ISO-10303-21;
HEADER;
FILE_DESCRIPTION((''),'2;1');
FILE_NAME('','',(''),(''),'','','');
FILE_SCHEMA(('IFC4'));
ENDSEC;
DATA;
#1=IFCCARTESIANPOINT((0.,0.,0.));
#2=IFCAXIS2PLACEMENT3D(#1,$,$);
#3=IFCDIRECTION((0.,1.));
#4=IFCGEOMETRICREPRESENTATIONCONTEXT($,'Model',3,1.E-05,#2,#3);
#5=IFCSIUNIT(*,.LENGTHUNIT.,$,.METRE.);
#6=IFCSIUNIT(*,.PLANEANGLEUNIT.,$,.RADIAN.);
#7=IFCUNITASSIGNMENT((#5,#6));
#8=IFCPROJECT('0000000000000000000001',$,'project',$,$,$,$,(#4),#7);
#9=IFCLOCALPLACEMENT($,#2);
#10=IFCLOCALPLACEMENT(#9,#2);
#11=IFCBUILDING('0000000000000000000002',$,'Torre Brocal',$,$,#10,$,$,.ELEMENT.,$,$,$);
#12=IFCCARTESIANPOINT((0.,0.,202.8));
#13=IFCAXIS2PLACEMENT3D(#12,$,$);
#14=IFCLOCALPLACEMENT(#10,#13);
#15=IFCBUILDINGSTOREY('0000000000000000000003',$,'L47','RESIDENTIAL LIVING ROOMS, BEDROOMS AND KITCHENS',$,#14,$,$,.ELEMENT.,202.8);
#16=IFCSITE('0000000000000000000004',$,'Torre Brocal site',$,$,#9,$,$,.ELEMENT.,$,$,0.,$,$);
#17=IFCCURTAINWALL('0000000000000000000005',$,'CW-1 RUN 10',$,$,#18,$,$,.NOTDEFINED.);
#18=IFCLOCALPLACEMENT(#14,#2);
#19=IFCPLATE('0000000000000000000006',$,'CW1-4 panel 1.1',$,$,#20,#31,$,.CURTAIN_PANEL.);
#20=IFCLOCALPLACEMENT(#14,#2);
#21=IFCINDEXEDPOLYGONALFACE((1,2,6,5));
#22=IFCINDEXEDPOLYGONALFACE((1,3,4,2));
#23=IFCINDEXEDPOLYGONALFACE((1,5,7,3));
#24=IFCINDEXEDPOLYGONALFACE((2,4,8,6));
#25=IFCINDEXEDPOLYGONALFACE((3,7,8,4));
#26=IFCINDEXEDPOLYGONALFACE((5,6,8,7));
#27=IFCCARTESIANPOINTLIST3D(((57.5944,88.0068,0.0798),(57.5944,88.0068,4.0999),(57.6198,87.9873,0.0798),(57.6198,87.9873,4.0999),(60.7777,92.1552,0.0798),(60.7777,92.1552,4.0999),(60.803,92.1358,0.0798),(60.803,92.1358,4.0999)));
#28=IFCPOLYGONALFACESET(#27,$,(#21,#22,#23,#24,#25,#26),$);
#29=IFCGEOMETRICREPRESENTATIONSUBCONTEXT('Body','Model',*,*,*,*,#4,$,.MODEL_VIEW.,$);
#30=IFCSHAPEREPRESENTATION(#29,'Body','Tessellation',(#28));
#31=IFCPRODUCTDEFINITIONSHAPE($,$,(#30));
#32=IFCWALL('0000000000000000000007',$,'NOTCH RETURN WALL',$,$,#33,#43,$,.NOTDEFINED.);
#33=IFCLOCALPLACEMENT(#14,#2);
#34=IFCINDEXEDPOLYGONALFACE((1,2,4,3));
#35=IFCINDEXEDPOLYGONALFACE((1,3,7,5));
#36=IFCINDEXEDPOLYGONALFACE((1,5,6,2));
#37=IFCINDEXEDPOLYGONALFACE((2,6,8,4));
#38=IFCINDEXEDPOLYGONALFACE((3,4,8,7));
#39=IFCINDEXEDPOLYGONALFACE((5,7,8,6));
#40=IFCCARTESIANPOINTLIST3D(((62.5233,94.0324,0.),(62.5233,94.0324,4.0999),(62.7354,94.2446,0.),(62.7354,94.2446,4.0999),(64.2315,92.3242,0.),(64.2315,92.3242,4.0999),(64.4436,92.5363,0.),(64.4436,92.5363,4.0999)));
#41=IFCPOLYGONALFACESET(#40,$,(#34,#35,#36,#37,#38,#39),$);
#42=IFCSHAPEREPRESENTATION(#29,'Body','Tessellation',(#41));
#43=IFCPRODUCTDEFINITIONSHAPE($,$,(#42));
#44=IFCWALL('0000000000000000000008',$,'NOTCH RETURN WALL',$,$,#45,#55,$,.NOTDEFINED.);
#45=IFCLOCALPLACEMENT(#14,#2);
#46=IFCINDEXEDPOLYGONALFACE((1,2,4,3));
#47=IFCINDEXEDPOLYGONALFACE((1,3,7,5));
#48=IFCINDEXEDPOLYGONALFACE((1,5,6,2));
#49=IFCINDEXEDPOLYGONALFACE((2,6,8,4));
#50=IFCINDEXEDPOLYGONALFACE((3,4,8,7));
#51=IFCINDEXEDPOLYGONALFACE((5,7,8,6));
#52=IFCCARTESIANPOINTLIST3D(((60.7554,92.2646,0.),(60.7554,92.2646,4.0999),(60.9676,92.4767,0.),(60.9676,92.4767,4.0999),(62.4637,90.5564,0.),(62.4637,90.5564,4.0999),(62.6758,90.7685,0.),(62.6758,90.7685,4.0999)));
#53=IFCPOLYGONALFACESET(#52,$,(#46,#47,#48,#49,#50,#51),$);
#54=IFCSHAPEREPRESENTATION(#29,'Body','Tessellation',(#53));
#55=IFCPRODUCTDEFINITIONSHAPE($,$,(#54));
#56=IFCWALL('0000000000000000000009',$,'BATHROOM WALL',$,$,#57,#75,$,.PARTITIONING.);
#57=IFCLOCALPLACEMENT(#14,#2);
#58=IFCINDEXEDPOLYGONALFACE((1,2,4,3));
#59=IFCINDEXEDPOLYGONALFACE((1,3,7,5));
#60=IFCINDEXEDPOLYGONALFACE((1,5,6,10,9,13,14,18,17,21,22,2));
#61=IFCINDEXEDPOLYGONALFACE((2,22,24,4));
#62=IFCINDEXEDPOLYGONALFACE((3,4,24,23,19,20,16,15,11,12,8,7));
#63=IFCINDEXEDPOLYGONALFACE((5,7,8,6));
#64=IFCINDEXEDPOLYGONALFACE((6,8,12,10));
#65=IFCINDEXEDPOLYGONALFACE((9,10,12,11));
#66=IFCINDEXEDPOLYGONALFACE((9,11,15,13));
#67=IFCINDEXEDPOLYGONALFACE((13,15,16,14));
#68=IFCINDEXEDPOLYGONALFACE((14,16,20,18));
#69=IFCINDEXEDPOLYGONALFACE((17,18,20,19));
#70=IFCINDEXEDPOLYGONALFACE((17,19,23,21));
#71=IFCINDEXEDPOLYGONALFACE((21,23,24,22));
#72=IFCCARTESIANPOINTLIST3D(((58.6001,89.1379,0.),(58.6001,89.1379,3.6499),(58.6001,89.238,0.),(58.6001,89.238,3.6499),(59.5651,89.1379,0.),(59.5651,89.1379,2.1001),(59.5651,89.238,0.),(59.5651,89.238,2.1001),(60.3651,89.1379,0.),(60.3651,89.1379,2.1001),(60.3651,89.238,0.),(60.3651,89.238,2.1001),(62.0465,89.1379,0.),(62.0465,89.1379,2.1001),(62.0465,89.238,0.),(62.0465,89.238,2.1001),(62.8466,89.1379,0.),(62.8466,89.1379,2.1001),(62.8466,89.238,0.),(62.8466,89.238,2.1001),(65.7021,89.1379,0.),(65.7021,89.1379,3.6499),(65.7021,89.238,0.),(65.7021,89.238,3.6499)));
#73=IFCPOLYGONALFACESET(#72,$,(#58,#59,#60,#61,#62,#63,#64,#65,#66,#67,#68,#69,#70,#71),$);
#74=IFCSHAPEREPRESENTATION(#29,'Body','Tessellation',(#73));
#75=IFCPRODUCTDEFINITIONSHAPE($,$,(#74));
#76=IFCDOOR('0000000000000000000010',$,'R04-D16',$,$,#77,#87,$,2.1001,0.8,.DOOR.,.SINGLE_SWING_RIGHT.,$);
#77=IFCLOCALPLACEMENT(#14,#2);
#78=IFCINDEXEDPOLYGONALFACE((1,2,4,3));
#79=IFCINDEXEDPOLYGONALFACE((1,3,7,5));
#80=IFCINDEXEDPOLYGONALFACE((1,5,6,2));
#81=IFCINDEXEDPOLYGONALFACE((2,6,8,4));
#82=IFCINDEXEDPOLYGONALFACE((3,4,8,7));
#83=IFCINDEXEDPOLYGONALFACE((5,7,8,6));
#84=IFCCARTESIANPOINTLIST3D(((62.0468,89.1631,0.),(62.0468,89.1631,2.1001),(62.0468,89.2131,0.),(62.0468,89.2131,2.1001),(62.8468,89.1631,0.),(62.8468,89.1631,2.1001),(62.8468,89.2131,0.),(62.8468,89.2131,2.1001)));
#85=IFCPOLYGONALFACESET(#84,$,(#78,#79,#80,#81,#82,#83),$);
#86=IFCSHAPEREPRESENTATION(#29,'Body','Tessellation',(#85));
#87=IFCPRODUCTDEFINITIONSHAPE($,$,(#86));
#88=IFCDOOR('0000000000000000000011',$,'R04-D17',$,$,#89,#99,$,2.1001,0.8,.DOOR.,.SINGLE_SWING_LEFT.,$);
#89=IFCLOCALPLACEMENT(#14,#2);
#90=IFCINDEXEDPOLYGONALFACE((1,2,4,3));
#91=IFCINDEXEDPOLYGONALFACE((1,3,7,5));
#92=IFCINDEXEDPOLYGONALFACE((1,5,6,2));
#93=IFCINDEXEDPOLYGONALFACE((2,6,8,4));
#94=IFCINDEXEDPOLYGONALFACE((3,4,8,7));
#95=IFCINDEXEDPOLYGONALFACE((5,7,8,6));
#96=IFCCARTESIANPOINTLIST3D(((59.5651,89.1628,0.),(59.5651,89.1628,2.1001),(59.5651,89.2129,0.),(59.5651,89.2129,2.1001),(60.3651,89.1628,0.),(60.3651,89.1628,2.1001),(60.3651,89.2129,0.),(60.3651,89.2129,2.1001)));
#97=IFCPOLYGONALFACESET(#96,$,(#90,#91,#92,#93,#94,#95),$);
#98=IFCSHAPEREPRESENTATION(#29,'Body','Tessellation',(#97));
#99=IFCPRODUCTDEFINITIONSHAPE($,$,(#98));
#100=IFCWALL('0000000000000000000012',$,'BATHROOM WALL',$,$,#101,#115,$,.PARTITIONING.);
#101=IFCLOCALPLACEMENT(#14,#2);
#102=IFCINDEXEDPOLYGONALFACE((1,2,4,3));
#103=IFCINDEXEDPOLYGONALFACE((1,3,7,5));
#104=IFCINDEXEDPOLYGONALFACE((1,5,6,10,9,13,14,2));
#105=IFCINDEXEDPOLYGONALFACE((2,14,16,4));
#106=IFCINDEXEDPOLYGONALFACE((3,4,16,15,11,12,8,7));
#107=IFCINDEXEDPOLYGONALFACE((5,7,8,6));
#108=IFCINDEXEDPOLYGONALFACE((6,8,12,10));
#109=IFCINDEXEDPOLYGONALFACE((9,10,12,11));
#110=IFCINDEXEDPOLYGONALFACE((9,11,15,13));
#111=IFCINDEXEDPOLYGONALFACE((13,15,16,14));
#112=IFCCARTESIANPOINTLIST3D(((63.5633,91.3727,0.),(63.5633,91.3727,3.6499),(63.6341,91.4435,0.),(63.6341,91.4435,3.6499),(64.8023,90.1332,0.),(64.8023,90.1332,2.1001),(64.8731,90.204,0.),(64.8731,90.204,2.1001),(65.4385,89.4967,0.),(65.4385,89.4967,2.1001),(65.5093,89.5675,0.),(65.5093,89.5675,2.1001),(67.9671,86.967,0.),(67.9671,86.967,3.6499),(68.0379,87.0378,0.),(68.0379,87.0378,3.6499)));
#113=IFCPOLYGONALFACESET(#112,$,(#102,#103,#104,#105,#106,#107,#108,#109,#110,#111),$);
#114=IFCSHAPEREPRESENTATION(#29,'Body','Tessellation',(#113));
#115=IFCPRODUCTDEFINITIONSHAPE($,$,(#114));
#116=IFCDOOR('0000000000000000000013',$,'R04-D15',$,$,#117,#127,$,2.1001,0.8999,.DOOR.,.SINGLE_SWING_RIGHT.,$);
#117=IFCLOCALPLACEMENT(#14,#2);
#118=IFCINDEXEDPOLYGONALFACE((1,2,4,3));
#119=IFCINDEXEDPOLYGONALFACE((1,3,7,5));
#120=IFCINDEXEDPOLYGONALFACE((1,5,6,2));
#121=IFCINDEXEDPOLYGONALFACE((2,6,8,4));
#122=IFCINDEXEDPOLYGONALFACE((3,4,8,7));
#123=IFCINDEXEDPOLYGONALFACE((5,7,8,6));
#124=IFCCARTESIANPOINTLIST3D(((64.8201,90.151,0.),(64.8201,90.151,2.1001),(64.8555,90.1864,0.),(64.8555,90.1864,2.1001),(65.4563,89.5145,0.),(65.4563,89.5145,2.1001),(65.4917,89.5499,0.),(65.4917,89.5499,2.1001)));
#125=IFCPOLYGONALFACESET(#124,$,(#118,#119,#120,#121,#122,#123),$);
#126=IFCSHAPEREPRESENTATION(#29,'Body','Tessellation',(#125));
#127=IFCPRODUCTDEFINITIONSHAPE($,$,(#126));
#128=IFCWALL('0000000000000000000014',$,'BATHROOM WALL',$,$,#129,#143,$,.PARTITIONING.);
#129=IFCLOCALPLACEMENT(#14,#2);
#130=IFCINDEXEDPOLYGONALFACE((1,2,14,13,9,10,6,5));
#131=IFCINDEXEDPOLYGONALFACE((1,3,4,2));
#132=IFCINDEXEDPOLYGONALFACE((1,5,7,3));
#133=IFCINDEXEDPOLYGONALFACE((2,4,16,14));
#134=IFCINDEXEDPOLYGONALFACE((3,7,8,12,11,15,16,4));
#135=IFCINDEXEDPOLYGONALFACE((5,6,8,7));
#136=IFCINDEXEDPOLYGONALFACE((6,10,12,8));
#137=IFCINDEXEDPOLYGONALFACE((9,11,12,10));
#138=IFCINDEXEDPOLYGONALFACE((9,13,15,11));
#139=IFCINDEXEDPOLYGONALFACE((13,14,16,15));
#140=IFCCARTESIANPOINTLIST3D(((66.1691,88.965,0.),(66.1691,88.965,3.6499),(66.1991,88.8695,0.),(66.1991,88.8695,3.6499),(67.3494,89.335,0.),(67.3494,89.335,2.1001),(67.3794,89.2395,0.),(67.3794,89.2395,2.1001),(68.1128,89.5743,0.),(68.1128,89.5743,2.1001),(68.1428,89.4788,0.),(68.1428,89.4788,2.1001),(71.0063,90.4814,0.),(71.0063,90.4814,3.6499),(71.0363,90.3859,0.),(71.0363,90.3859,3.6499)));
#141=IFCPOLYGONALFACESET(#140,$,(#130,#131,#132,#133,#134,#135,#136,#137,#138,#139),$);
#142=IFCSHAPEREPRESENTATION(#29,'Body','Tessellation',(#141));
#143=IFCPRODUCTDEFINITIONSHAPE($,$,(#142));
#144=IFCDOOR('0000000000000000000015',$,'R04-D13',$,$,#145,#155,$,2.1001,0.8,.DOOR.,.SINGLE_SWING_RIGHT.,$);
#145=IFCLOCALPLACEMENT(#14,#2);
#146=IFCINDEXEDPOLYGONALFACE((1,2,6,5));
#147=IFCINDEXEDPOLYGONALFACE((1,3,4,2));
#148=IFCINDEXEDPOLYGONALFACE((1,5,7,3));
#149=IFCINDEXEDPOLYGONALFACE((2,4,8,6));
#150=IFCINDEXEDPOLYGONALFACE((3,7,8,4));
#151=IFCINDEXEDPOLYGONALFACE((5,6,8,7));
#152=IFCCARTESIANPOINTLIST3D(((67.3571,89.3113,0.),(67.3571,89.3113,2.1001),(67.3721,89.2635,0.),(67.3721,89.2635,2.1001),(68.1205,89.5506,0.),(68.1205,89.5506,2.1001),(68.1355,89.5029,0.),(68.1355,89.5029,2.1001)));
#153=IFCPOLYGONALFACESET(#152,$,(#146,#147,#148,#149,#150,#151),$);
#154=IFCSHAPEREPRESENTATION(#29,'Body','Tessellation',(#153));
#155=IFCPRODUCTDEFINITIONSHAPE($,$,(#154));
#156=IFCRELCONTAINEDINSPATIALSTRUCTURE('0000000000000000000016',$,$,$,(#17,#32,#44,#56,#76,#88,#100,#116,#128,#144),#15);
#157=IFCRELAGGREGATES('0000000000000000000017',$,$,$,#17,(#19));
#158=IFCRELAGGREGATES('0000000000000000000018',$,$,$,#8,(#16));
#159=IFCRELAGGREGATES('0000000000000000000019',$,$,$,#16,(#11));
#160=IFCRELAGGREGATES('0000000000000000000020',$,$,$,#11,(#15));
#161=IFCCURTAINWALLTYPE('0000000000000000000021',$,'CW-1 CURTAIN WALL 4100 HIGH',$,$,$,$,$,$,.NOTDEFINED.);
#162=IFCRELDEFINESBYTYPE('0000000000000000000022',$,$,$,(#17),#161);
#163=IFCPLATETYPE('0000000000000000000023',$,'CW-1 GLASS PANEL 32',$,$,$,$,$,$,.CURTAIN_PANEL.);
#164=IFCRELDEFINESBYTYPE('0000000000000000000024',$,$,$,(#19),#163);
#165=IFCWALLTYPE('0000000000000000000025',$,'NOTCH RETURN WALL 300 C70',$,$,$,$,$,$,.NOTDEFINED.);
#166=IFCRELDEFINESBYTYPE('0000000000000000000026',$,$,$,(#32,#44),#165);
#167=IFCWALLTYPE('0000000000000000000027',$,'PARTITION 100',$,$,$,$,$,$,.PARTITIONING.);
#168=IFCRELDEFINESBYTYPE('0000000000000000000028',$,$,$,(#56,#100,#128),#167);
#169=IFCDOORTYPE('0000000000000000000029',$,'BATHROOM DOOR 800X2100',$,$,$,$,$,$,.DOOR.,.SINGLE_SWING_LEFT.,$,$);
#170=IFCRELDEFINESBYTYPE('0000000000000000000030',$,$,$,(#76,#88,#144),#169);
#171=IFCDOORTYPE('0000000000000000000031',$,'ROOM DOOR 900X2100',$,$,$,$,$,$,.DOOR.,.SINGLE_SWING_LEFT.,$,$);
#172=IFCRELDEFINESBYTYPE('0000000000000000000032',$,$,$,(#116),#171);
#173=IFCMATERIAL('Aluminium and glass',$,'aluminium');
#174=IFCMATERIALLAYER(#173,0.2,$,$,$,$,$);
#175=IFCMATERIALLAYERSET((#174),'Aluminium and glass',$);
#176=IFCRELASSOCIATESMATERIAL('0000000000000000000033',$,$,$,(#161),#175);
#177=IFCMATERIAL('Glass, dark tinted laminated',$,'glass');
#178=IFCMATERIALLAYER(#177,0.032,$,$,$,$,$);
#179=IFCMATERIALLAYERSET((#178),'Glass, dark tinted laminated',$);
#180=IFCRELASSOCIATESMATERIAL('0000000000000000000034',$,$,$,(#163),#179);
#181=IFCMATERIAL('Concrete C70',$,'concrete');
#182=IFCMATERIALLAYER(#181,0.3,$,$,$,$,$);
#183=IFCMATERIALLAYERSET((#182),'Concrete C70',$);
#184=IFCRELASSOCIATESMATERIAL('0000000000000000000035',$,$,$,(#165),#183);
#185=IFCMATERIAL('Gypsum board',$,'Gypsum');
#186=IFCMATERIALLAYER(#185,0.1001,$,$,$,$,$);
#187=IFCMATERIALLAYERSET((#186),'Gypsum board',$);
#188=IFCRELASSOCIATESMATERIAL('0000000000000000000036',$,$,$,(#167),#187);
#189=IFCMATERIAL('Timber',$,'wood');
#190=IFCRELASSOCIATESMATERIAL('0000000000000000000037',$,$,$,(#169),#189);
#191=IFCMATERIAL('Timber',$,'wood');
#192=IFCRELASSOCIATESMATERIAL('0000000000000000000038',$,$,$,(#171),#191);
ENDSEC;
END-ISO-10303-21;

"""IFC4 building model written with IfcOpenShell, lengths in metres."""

from ifc_helpers import new_model, si_unit, direction, frame, frame_2d, origin, origin_2d, place, context, subcontext, project, spatial, rectangle, extrude, material, layer, layer_set, type_object, element, fill, aggregate, save


model = new_model("IFC4")

# Units and contexts
model_context = context("Model", 3, precision=1e-05, world=origin(), true_north=direction((0.0, 1.0)))
body_context = subcontext(model_context, "Body", "Model", "MODEL_VIEW")
ifc_project = project(units=[si_unit("LENGTHUNIT", "METRE"), si_unit("PLANEANGLEUNIT", "RADIAN")], contexts=[model_context])

# Site, building, storey
site_placement = place(None, origin())
site = spatial("IfcSite", under=ifc_project, at=site_placement, Name="Torre Brocal site", CompositionType="ELEMENT", RefElevation=0.0)
building_placement = place(site_placement, origin())
building = spatial("IfcBuilding", under=site, at=building_placement, Name="Torre Brocal", CompositionType="ELEMENT")
storey_placement = place(building_placement, frame((0.0, 0.0, 202.8)))
storey = spatial("IfcBuildingStorey", under=building, at=storey_placement, Name="L47", Description="RESIDENTIAL LIVING ROOMS, BEDROOMS AND KITCHENS", CompositionType="ELEMENT", Elevation=202.8)

# Shared definitions
ifc_material_1 = material(Name="Aluminium and glass", Category="aluminium")
ifc_layer_1 = layer(ifc_material_1, 0.2)
ifc_layer_set_1 = layer_set([ifc_layer_1], Name="Aluminium and glass")
curtain_wall_type = type_object("IfcCurtainWallType", Name="CW-1 CURTAIN WALL 4100 HIGH", PredefinedType="NOTDEFINED", material=ifc_layer_set_1)

# Curtain wall
curtain_wall_1_placement = place(storey_placement, origin())
curtain_wall_1 = element("IfcCurtainWall", 1, at=curtain_wall_1_placement, inside=storey, type_object=curtain_wall_type, Name="CW-1 RUN 10", PredefinedType="NOTDEFINED")

# Plate
ifc_material_2 = material(Name="Glass, dark tinted laminated", Category="glass")
ifc_layer_2 = layer(ifc_material_2, 0.032)
ifc_layer_set_2 = layer_set([ifc_layer_2], Name="Glass, dark tinted laminated")
plate_type = type_object("IfcPlateType", Name="CW-1 GLASS PANEL 32", PredefinedType="CURTAIN_PANEL", material=ifc_layer_set_2)
plate_1_placement = place(storey_placement, frame((59.1987, 90.0713, 0.0798), z_axis=(0.0, 0.0, 1.0), x_axis=(-0.608761, -0.793353, 0.0)))
plate_1 = element("IfcPlate", 2, at=plate_1_placement, type_object=plate_type, Name="CW1-4 panel 1.1", PredefinedType="CURTAIN_PANEL", context=body_context, shape_type="SweptSolid", body=[
    extrude(rectangle(XDim=5.229, YDim=0.032, at=origin_2d()), origin(), (0.0, 0.0, 1.0), 4.02),
])
aggregate(curtain_wall_1, [plate_1])

# Walls
ifc_material_3 = material(Name="Concrete C70", Category="concrete")
ifc_layer_3 = layer(ifc_material_3, 0.3)
ifc_layer_set_3 = layer_set([ifc_layer_3], Name="Concrete C70")
wall_type_1 = type_object("IfcWallType", Name="NOTCH RETURN WALL 300 C70", PredefinedType="NOTDEFINED", material=ifc_layer_set_3)
for number, where, z_axis, x_axis, name in (
    (3, (64.3376, 92.4302, 0.0), (0.0, 0.0, 1.0), (-0.707107, 0.707107, 0.0), "NOTCH RETURN WALL"),
    (4, (62.5698, 90.6624, 0.0), (0.0, 0.0, 1.0), (-0.707107, 0.707107, 0.0), "NOTCH RETURN WALL"),
):
    element("IfcWall", number, at=place(storey_placement, frame(where, z_axis=z_axis, x_axis=x_axis)), inside=storey, type_object=wall_type_1, Name=name, PredefinedType="NOTDEFINED", context=body_context, shape_type="SweptSolid", body=[
        extrude(rectangle(XDim=2.4158, YDim=0.3, at=frame_2d((1.208, 0.0))), origin(), (0.0, 0.0, 1.0), 4.0999),
    ])

# Wall, openings, doors
ifc_material_4 = material(Name="Gypsum board", Category="Gypsum")
ifc_layer_4 = layer(ifc_material_4, 0.1001)
ifc_layer_set_4 = layer_set([ifc_layer_4], Name="Gypsum board")
wall_type_2 = type_object("IfcWallType", Name="PARTITION 100", PredefinedType="PARTITIONING", material=ifc_layer_set_4)
wall_1_placement = place(storey_placement, frame((58.6001, 89.188, 0.0), z_axis=(0.0, 0.0, 1.0), x_axis=(1.0, 0.0, 0.0)))
wall_1 = element("IfcWall", 5, at=wall_1_placement, inside=storey, type_object=wall_type_2, Name="BATHROOM WALL", PredefinedType="PARTITIONING", context=body_context, shape_type="SweptSolid", body=[
    extrude(rectangle(XDim=7.1021, YDim=0.1001, at=frame_2d((3.551, 0.0))), origin(), (0.0, 0.0, 1.0), 3.6499),
])
opening_1_placement = place(wall_1_placement, frame((3.4465, 0.0, 0.0)))
opening_1 = element("IfcOpeningElement", 6, at=opening_1_placement, cuts=wall_1, PredefinedType="OPENING", context=body_context, shape_type="SweptSolid", body=[
    extrude(rectangle(XDim=0.8, YDim=2.1001, at=frame_2d((0.3999, 1.05))), frame((0.0, 0.0601, 0.0), z_axis=(0.0, -1.0, 0.0), x_axis=(1.0, 0.0, 0.0)), (0.0, 0.0, 1.0), 0.1201),
])
opening_2_placement = place(wall_1_placement, frame((0.9651, 0.0, 0.0)))
opening_2 = element("IfcOpeningElement", 7, at=opening_2_placement, cuts=wall_1, PredefinedType="OPENING", context=body_context, shape_type="SweptSolid", body=[
    extrude(rectangle(XDim=0.8, YDim=2.1001, at=frame_2d((0.3999, 1.05))), frame((0.0, 0.0601, 0.0), z_axis=(0.0, -1.0, 0.0), x_axis=(1.0, 0.0, 0.0)), (0.0, 0.0, 1.0), 0.1201),
])
ifc_material_5 = material(Name="Timber", Category="wood")
door_type_1 = type_object("IfcDoorType", Name="BATHROOM DOOR 800X2100", OperationType="SINGLE_SWING_LEFT", PredefinedType="DOOR", material=ifc_material_5)
door_1_placement = place(opening_1_placement, frame((0.8, 0.0, 0.0), z_axis=(0.0, 0.0, 1.0), x_axis=(-1.0, 0.0, 0.0)))
door_1 = element("IfcDoor", 8, at=door_1_placement, inside=storey, type_object=door_type_1, Name="R04-D16", OperationType="SINGLE_SWING_RIGHT", OverallHeight=2.1001, OverallWidth=0.8, PredefinedType="DOOR", context=body_context, shape_type="SweptSolid", body=[
    extrude(rectangle(XDim=0.8, YDim=2.1001, at=frame_2d((0.3999, 1.05))), frame((0.0, 0.0249, 0.0), z_axis=(0.0, -1.0, 0.0), x_axis=(1.0, 0.0, 0.0)), (0.0, 0.0, 1.0), 0.05),
])
fill(opening_1, door_1)
door_2_placement = place(opening_2_placement, origin())
door_2 = element("IfcDoor", 9, at=door_2_placement, inside=storey, type_object=door_type_1, Name="R04-D17", OperationType="SINGLE_SWING_LEFT", OverallHeight=2.1001, OverallWidth=0.8, PredefinedType="DOOR", context=body_context, shape_type="SweptSolid", body=[
    extrude(rectangle(XDim=0.8, YDim=2.1001, at=frame_2d((0.3999, 1.05))), frame((0.0, 0.0249, 0.0), z_axis=(0.0, -1.0, 0.0), x_axis=(1.0, 0.0, 0.0)), (0.0, 0.0, 1.0), 0.05),
])
fill(opening_2, door_2)

# Walls, openings, doors
wall_2_placement = place(storey_placement, frame((63.5986, 91.4082, 0.0), z_axis=(0.0, 0.0, 1.0), x_axis=(0.70695, -0.707264, 0.0)))
wall_2 = element("IfcWall", 10, at=wall_2_placement, inside=storey, type_object=wall_type_2, Name="BATHROOM WALL", PredefinedType="PARTITIONING", context=body_context, shape_type="SweptSolid", body=[
    extrude(rectangle(XDim=6.2292, YDim=0.1001, at=frame_2d((3.1147, 0.0))), origin(), (0.0, 0.0, 1.0), 3.6499),
])
opening_3_placement = place(wall_2_placement, frame((1.7527, 0.0, 0.0)))
opening_3 = element("IfcOpeningElement", 11, at=opening_3_placement, cuts=wall_2, PredefinedType="OPENING", context=body_context, shape_type="SweptSolid", body=[
    extrude(rectangle(XDim=0.8999, YDim=2.1001, at=frame_2d((0.45, 1.05))), frame((0.0, 0.0601, 0.0), z_axis=(0.0, -1.0, 0.0), x_axis=(1.0, 0.0, 0.0)), (0.0, 0.0, 1.0), 0.1201),
])
ifc_material_6 = material(Name="Timber", Category="wood")
door_type_2 = type_object("IfcDoorType", Name="ROOM DOOR 900X2100", OperationType="SINGLE_SWING_LEFT", PredefinedType="DOOR", material=ifc_material_6)
door_3_placement = place(opening_3_placement, frame((0.8999, 0.0, 0.0), z_axis=(0.0, 0.0, 1.0), x_axis=(-1.0, 0.0, 0.0)))
door_3 = element("IfcDoor", 12, at=door_3_placement, inside=storey, type_object=door_type_2, Name="R04-D15", OperationType="SINGLE_SWING_RIGHT", OverallHeight=2.1001, OverallWidth=0.8999, PredefinedType="DOOR", context=body_context, shape_type="SweptSolid", body=[
    extrude(rectangle(XDim=0.8999, YDim=2.1001, at=frame_2d((0.45, 1.05))), frame((0.0, 0.0249, 0.0), z_axis=(0.0, -1.0, 0.0), x_axis=(1.0, 0.0, 0.0)), (0.0, 0.0, 1.0), 0.05),
])
fill(opening_3, door_3)
wall_3_placement = place(storey_placement, frame((66.1841, 88.9172, 0.0), z_axis=(0.0, 0.0, 1.0), x_axis=(0.954213, 0.299128, 0.0)))
wall_3 = element("IfcWall", 13, at=wall_3_placement, inside=storey, type_object=wall_type_2, Name="BATHROOM WALL", PredefinedType="PARTITIONING", context=body_context, shape_type="SweptSolid", body=[
    extrude(rectangle(XDim=5.0693, YDim=0.1001, at=frame_2d((2.5347, 0.0))), origin(), (0.0, 0.0, 1.0), 3.6499),
])
opening_4_placement = place(wall_3_placement, frame((1.2371, 0.0, 0.0)))
opening_4 = element("IfcOpeningElement", 14, at=opening_4_placement, cuts=wall_3, PredefinedType="OPENING", context=body_context, shape_type="SweptSolid", body=[
    extrude(rectangle(XDim=0.8, YDim=2.1001, at=frame_2d((0.3999, 1.05))), frame((0.0, 0.0601, 0.0), z_axis=(0.0, -1.0, 0.0), x_axis=(1.0, 0.0, 0.0)), (0.0, 0.0, 1.0), 0.1201),
])
door_4_placement = place(opening_4_placement, frame((0.8, 0.0, 0.0), z_axis=(0.0, 0.0, 1.0), x_axis=(-1.0, 0.0, 0.0)))
door_4 = element("IfcDoor", 15, at=door_4_placement, inside=storey, type_object=door_type_1, Name="R04-D13", OperationType="SINGLE_SWING_RIGHT", OverallHeight=2.1001, OverallWidth=0.8, PredefinedType="DOOR", context=body_context, shape_type="SweptSolid", body=[
    extrude(rectangle(XDim=0.8, YDim=2.1001, at=frame_2d((0.3999, 1.05))), frame((0.0, 0.0249, 0.0), z_axis=(0.0, -1.0, 0.0), x_axis=(1.0, 0.0, 0.0)), (0.0, 0.0, 1.0), 0.05),
])
fill(opening_4, door_4)

save(model, "model.ifc")
